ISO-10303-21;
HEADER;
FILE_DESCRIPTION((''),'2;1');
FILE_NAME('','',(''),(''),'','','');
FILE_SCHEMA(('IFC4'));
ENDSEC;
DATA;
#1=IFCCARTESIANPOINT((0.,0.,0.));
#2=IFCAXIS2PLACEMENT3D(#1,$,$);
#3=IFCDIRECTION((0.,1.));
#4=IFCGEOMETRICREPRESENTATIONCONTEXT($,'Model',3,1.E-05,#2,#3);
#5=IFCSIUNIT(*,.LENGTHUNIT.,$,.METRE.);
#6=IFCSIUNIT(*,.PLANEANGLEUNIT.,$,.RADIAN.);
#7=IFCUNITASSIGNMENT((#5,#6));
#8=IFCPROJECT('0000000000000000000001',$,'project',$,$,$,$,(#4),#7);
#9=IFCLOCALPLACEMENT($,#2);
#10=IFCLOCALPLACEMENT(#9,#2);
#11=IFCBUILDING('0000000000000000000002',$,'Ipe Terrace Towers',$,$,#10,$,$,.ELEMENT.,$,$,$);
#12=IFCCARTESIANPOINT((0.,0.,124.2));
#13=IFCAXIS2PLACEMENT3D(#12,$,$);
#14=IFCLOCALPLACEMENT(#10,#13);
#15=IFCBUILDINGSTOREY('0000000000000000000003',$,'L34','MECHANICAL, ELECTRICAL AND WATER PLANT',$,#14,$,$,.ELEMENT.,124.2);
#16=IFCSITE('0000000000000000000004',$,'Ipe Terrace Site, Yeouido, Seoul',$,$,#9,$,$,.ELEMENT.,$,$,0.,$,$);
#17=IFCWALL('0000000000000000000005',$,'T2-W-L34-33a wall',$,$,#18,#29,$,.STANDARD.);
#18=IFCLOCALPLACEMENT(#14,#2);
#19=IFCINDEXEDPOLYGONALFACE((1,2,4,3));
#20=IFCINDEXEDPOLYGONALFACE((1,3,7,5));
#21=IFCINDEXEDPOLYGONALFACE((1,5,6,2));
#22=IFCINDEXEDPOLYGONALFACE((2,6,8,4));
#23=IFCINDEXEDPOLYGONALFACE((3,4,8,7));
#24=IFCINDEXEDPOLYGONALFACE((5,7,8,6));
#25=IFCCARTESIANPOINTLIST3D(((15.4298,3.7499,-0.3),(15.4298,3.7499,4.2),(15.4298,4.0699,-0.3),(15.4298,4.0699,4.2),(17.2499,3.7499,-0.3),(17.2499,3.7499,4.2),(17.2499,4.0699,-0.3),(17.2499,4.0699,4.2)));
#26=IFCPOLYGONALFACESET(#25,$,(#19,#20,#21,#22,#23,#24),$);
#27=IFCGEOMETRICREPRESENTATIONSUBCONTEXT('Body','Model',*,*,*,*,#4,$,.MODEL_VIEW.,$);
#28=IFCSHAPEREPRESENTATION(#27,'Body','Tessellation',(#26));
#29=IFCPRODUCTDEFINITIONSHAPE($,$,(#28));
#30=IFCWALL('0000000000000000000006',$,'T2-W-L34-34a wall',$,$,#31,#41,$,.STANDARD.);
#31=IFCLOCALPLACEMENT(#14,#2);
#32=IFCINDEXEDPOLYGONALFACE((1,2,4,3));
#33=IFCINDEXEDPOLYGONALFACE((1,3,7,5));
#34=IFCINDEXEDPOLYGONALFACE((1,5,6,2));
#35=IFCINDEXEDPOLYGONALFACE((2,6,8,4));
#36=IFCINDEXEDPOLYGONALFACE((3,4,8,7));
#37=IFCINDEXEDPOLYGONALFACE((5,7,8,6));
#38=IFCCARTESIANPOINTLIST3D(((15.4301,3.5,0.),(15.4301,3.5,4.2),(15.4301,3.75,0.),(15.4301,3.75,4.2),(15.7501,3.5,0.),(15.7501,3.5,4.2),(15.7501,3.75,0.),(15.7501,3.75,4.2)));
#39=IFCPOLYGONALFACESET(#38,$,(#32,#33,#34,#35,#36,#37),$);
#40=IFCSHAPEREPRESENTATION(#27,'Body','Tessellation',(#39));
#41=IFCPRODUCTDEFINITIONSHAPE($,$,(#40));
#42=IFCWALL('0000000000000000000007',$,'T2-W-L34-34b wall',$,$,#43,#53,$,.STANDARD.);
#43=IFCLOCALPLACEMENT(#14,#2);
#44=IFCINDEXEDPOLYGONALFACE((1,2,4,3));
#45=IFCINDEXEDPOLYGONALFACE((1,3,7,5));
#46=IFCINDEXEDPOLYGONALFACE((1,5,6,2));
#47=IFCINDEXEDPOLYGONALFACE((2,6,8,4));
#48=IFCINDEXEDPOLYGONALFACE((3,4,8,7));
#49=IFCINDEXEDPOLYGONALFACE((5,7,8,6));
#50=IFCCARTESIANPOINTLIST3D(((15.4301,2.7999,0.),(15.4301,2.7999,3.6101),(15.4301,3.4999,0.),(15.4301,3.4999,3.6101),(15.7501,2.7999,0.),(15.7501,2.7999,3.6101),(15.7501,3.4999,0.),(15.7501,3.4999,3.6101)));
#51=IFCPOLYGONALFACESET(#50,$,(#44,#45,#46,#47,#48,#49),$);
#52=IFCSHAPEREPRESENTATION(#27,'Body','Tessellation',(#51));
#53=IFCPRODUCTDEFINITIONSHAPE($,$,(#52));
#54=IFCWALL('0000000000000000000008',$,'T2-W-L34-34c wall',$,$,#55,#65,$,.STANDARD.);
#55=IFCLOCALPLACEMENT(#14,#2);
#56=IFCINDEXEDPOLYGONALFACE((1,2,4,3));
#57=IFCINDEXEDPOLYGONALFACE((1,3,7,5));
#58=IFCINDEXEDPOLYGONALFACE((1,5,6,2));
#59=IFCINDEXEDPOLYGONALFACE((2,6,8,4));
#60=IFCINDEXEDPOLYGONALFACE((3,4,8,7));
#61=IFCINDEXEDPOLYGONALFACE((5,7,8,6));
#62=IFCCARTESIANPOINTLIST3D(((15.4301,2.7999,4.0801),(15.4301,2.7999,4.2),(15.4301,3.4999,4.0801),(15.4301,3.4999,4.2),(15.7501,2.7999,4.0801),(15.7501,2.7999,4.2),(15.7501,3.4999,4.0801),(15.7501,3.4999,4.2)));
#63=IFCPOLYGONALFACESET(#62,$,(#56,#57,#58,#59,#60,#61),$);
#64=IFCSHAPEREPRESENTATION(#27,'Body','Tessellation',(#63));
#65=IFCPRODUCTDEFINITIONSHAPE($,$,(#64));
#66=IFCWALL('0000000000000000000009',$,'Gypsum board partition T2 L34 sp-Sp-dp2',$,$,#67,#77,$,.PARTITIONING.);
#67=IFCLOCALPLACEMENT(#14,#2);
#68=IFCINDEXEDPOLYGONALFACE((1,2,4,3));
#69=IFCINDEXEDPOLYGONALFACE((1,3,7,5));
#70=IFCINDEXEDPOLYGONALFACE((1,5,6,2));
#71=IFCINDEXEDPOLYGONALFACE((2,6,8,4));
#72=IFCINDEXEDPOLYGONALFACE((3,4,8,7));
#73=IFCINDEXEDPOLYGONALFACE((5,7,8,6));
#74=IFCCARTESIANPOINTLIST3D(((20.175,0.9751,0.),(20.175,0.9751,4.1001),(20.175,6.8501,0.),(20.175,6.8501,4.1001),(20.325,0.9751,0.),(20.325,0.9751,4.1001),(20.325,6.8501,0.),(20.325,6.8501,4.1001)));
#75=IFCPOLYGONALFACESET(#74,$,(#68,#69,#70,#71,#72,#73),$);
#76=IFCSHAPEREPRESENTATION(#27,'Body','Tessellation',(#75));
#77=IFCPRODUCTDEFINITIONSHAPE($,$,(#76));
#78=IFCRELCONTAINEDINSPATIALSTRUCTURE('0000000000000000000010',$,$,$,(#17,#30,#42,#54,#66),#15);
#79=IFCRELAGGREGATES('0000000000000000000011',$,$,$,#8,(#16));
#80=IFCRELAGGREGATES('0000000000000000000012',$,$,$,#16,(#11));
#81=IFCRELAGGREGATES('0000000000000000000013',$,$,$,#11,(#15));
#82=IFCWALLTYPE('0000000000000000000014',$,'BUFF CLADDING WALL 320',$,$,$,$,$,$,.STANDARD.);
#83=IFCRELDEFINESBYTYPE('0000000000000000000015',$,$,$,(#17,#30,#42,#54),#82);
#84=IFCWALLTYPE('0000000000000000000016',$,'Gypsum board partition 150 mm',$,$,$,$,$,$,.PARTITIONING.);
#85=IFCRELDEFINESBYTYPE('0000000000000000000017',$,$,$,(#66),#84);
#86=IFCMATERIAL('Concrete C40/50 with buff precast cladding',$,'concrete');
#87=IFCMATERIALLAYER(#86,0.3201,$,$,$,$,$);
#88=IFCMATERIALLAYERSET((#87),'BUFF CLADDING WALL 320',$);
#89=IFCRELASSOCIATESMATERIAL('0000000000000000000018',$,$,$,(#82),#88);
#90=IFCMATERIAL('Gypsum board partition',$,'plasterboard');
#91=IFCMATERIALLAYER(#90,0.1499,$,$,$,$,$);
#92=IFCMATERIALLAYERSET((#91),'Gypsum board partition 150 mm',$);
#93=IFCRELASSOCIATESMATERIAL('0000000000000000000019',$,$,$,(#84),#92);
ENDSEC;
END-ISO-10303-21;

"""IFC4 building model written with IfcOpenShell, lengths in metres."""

from ifc_helpers import new_model, si_unit, direction, frame, frame_2d, origin, place, context, subcontext, project, spatial, rectangle, extrude, material, layer, layer_set, type_object, element, save


model = new_model("IFC4")

# Units and contexts
model_context = context("Model", 3, precision=1e-05, world=origin(), true_north=direction((0.0, 1.0)))
body_context = subcontext(model_context, "Body", "Model", "MODEL_VIEW")
ifc_project = project(units=[si_unit("LENGTHUNIT", "METRE"), si_unit("PLANEANGLEUNIT", "RADIAN")], contexts=[model_context])

# Site, building, storey
site_placement = place(None, origin())
site = spatial("IfcSite", under=ifc_project, at=site_placement, Name="Ipe Terrace Site, Yeouido, Seoul", CompositionType="ELEMENT", RefElevation=0.0)
building_placement = place(site_placement, origin())
building = spatial("IfcBuilding", under=site, at=building_placement, Name="Ipe Terrace Towers", CompositionType="ELEMENT")
storey_placement = place(building_placement, frame((0.0, 0.0, 124.2)))
storey = spatial("IfcBuildingStorey", under=building, at=storey_placement, Name="L34", Description="MECHANICAL, ELECTRICAL AND WATER PLANT", CompositionType="ELEMENT", Elevation=124.2)

# Walls
ifc_material_1 = material(Name="Concrete C40/50 with buff precast cladding", Category="concrete")
ifc_layer_1 = layer(ifc_material_1, 0.3201)
ifc_layer_set_1 = layer_set([ifc_layer_1], Name="BUFF CLADDING WALL 320")
wall_type_1 = type_object("IfcWallType", Name="BUFF CLADDING WALL 320", PredefinedType="STANDARD", material=ifc_layer_set_1)
wall_1_placement = place(storey_placement, frame((17.25, 3.9099, -0.3), z_axis=(0.0, 0.0, 1.0), x_axis=(-1.0, 0.0, 0.0)))
element("IfcWall", 1, at=wall_1_placement, inside=storey, type_object=wall_type_1, Name="T2-W-L34-33a wall", PredefinedType="STANDARD", context=body_context, shape_type="SweptSolid", body=[
    extrude(rectangle(XDim=1.8201, YDim=0.3201, at=frame_2d((0.9102, 0.0))), origin(), (0.0, 0.0, 1.0), 4.5),
])
wall_2_placement = place(storey_placement, frame((15.5901, 3.75, 0.0), z_axis=(0.0, 0.0, 1.0), x_axis=(0.0, -1.0, 0.0)))
element("IfcWall", 2, at=wall_2_placement, inside=storey, type_object=wall_type_1, Name="T2-W-L34-34a wall", PredefinedType="STANDARD", context=body_context, shape_type="SweptSolid", body=[
    extrude(rectangle(XDim=0.25, YDim=0.3201, at=frame_2d((0.125, 0.0))), origin(), (0.0, 0.0, 1.0), 4.2),
])
wall_3_placement = place(storey_placement, frame((15.5901, 3.5, 0.0), z_axis=(0.0, 0.0, 1.0), x_axis=(0.0, -1.0, 0.0)))
element("IfcWall", 3, at=wall_3_placement, inside=storey, type_object=wall_type_1, Name="T2-W-L34-34b wall", PredefinedType="STANDARD", context=body_context, shape_type="SweptSolid", body=[
    extrude(rectangle(XDim=0.7, YDim=0.3201, at=frame_2d((0.3501, 0.0))), origin(), (0.0, 0.0, 1.0), 3.6101),
])
wall_4_placement = place(storey_placement, frame((15.5901, 3.5, 4.0801), z_axis=(0.0, 0.0, 1.0), x_axis=(0.0, -1.0, 0.0)))
element("IfcWall", 4, at=wall_4_placement, inside=storey, type_object=wall_type_1, Name="T2-W-L34-34c wall", PredefinedType="STANDARD", context=body_context, shape_type="SweptSolid", body=[
    extrude(rectangle(XDim=0.7, YDim=0.3201, at=frame_2d((0.3501, 0.0))), origin(), (0.0, 0.0, 1.0), 0.1199),
])
ifc_material_2 = material(Name="Gypsum board partition", Category="plasterboard")
ifc_layer_2 = layer(ifc_material_2, 0.1499)
ifc_layer_set_2 = layer_set([ifc_layer_2], Name="Gypsum board partition 150 mm")
wall_type_2 = type_object("IfcWallType", Name="Gypsum board partition 150 mm", PredefinedType="PARTITIONING", material=ifc_layer_set_2)
wall_5_placement = place(storey_placement, frame((20.25, 0.9751, 0.0), z_axis=(0.0, 0.0, 1.0), x_axis=(0.0, 1.0, 0.0)))
element("IfcWall", 5, at=wall_5_placement, inside=storey, type_object=wall_type_2, Name="Gypsum board partition T2 L34 sp-Sp-dp2", PredefinedType="PARTITIONING", context=body_context, shape_type="SweptSolid", body=[
    extrude(rectangle(XDim=5.875, YDim=0.1499, at=frame_2d((2.9375, 0.0))), origin(), (0.0, 0.0, 1.0), 4.1001),
])

save(model, "model.ifc")
